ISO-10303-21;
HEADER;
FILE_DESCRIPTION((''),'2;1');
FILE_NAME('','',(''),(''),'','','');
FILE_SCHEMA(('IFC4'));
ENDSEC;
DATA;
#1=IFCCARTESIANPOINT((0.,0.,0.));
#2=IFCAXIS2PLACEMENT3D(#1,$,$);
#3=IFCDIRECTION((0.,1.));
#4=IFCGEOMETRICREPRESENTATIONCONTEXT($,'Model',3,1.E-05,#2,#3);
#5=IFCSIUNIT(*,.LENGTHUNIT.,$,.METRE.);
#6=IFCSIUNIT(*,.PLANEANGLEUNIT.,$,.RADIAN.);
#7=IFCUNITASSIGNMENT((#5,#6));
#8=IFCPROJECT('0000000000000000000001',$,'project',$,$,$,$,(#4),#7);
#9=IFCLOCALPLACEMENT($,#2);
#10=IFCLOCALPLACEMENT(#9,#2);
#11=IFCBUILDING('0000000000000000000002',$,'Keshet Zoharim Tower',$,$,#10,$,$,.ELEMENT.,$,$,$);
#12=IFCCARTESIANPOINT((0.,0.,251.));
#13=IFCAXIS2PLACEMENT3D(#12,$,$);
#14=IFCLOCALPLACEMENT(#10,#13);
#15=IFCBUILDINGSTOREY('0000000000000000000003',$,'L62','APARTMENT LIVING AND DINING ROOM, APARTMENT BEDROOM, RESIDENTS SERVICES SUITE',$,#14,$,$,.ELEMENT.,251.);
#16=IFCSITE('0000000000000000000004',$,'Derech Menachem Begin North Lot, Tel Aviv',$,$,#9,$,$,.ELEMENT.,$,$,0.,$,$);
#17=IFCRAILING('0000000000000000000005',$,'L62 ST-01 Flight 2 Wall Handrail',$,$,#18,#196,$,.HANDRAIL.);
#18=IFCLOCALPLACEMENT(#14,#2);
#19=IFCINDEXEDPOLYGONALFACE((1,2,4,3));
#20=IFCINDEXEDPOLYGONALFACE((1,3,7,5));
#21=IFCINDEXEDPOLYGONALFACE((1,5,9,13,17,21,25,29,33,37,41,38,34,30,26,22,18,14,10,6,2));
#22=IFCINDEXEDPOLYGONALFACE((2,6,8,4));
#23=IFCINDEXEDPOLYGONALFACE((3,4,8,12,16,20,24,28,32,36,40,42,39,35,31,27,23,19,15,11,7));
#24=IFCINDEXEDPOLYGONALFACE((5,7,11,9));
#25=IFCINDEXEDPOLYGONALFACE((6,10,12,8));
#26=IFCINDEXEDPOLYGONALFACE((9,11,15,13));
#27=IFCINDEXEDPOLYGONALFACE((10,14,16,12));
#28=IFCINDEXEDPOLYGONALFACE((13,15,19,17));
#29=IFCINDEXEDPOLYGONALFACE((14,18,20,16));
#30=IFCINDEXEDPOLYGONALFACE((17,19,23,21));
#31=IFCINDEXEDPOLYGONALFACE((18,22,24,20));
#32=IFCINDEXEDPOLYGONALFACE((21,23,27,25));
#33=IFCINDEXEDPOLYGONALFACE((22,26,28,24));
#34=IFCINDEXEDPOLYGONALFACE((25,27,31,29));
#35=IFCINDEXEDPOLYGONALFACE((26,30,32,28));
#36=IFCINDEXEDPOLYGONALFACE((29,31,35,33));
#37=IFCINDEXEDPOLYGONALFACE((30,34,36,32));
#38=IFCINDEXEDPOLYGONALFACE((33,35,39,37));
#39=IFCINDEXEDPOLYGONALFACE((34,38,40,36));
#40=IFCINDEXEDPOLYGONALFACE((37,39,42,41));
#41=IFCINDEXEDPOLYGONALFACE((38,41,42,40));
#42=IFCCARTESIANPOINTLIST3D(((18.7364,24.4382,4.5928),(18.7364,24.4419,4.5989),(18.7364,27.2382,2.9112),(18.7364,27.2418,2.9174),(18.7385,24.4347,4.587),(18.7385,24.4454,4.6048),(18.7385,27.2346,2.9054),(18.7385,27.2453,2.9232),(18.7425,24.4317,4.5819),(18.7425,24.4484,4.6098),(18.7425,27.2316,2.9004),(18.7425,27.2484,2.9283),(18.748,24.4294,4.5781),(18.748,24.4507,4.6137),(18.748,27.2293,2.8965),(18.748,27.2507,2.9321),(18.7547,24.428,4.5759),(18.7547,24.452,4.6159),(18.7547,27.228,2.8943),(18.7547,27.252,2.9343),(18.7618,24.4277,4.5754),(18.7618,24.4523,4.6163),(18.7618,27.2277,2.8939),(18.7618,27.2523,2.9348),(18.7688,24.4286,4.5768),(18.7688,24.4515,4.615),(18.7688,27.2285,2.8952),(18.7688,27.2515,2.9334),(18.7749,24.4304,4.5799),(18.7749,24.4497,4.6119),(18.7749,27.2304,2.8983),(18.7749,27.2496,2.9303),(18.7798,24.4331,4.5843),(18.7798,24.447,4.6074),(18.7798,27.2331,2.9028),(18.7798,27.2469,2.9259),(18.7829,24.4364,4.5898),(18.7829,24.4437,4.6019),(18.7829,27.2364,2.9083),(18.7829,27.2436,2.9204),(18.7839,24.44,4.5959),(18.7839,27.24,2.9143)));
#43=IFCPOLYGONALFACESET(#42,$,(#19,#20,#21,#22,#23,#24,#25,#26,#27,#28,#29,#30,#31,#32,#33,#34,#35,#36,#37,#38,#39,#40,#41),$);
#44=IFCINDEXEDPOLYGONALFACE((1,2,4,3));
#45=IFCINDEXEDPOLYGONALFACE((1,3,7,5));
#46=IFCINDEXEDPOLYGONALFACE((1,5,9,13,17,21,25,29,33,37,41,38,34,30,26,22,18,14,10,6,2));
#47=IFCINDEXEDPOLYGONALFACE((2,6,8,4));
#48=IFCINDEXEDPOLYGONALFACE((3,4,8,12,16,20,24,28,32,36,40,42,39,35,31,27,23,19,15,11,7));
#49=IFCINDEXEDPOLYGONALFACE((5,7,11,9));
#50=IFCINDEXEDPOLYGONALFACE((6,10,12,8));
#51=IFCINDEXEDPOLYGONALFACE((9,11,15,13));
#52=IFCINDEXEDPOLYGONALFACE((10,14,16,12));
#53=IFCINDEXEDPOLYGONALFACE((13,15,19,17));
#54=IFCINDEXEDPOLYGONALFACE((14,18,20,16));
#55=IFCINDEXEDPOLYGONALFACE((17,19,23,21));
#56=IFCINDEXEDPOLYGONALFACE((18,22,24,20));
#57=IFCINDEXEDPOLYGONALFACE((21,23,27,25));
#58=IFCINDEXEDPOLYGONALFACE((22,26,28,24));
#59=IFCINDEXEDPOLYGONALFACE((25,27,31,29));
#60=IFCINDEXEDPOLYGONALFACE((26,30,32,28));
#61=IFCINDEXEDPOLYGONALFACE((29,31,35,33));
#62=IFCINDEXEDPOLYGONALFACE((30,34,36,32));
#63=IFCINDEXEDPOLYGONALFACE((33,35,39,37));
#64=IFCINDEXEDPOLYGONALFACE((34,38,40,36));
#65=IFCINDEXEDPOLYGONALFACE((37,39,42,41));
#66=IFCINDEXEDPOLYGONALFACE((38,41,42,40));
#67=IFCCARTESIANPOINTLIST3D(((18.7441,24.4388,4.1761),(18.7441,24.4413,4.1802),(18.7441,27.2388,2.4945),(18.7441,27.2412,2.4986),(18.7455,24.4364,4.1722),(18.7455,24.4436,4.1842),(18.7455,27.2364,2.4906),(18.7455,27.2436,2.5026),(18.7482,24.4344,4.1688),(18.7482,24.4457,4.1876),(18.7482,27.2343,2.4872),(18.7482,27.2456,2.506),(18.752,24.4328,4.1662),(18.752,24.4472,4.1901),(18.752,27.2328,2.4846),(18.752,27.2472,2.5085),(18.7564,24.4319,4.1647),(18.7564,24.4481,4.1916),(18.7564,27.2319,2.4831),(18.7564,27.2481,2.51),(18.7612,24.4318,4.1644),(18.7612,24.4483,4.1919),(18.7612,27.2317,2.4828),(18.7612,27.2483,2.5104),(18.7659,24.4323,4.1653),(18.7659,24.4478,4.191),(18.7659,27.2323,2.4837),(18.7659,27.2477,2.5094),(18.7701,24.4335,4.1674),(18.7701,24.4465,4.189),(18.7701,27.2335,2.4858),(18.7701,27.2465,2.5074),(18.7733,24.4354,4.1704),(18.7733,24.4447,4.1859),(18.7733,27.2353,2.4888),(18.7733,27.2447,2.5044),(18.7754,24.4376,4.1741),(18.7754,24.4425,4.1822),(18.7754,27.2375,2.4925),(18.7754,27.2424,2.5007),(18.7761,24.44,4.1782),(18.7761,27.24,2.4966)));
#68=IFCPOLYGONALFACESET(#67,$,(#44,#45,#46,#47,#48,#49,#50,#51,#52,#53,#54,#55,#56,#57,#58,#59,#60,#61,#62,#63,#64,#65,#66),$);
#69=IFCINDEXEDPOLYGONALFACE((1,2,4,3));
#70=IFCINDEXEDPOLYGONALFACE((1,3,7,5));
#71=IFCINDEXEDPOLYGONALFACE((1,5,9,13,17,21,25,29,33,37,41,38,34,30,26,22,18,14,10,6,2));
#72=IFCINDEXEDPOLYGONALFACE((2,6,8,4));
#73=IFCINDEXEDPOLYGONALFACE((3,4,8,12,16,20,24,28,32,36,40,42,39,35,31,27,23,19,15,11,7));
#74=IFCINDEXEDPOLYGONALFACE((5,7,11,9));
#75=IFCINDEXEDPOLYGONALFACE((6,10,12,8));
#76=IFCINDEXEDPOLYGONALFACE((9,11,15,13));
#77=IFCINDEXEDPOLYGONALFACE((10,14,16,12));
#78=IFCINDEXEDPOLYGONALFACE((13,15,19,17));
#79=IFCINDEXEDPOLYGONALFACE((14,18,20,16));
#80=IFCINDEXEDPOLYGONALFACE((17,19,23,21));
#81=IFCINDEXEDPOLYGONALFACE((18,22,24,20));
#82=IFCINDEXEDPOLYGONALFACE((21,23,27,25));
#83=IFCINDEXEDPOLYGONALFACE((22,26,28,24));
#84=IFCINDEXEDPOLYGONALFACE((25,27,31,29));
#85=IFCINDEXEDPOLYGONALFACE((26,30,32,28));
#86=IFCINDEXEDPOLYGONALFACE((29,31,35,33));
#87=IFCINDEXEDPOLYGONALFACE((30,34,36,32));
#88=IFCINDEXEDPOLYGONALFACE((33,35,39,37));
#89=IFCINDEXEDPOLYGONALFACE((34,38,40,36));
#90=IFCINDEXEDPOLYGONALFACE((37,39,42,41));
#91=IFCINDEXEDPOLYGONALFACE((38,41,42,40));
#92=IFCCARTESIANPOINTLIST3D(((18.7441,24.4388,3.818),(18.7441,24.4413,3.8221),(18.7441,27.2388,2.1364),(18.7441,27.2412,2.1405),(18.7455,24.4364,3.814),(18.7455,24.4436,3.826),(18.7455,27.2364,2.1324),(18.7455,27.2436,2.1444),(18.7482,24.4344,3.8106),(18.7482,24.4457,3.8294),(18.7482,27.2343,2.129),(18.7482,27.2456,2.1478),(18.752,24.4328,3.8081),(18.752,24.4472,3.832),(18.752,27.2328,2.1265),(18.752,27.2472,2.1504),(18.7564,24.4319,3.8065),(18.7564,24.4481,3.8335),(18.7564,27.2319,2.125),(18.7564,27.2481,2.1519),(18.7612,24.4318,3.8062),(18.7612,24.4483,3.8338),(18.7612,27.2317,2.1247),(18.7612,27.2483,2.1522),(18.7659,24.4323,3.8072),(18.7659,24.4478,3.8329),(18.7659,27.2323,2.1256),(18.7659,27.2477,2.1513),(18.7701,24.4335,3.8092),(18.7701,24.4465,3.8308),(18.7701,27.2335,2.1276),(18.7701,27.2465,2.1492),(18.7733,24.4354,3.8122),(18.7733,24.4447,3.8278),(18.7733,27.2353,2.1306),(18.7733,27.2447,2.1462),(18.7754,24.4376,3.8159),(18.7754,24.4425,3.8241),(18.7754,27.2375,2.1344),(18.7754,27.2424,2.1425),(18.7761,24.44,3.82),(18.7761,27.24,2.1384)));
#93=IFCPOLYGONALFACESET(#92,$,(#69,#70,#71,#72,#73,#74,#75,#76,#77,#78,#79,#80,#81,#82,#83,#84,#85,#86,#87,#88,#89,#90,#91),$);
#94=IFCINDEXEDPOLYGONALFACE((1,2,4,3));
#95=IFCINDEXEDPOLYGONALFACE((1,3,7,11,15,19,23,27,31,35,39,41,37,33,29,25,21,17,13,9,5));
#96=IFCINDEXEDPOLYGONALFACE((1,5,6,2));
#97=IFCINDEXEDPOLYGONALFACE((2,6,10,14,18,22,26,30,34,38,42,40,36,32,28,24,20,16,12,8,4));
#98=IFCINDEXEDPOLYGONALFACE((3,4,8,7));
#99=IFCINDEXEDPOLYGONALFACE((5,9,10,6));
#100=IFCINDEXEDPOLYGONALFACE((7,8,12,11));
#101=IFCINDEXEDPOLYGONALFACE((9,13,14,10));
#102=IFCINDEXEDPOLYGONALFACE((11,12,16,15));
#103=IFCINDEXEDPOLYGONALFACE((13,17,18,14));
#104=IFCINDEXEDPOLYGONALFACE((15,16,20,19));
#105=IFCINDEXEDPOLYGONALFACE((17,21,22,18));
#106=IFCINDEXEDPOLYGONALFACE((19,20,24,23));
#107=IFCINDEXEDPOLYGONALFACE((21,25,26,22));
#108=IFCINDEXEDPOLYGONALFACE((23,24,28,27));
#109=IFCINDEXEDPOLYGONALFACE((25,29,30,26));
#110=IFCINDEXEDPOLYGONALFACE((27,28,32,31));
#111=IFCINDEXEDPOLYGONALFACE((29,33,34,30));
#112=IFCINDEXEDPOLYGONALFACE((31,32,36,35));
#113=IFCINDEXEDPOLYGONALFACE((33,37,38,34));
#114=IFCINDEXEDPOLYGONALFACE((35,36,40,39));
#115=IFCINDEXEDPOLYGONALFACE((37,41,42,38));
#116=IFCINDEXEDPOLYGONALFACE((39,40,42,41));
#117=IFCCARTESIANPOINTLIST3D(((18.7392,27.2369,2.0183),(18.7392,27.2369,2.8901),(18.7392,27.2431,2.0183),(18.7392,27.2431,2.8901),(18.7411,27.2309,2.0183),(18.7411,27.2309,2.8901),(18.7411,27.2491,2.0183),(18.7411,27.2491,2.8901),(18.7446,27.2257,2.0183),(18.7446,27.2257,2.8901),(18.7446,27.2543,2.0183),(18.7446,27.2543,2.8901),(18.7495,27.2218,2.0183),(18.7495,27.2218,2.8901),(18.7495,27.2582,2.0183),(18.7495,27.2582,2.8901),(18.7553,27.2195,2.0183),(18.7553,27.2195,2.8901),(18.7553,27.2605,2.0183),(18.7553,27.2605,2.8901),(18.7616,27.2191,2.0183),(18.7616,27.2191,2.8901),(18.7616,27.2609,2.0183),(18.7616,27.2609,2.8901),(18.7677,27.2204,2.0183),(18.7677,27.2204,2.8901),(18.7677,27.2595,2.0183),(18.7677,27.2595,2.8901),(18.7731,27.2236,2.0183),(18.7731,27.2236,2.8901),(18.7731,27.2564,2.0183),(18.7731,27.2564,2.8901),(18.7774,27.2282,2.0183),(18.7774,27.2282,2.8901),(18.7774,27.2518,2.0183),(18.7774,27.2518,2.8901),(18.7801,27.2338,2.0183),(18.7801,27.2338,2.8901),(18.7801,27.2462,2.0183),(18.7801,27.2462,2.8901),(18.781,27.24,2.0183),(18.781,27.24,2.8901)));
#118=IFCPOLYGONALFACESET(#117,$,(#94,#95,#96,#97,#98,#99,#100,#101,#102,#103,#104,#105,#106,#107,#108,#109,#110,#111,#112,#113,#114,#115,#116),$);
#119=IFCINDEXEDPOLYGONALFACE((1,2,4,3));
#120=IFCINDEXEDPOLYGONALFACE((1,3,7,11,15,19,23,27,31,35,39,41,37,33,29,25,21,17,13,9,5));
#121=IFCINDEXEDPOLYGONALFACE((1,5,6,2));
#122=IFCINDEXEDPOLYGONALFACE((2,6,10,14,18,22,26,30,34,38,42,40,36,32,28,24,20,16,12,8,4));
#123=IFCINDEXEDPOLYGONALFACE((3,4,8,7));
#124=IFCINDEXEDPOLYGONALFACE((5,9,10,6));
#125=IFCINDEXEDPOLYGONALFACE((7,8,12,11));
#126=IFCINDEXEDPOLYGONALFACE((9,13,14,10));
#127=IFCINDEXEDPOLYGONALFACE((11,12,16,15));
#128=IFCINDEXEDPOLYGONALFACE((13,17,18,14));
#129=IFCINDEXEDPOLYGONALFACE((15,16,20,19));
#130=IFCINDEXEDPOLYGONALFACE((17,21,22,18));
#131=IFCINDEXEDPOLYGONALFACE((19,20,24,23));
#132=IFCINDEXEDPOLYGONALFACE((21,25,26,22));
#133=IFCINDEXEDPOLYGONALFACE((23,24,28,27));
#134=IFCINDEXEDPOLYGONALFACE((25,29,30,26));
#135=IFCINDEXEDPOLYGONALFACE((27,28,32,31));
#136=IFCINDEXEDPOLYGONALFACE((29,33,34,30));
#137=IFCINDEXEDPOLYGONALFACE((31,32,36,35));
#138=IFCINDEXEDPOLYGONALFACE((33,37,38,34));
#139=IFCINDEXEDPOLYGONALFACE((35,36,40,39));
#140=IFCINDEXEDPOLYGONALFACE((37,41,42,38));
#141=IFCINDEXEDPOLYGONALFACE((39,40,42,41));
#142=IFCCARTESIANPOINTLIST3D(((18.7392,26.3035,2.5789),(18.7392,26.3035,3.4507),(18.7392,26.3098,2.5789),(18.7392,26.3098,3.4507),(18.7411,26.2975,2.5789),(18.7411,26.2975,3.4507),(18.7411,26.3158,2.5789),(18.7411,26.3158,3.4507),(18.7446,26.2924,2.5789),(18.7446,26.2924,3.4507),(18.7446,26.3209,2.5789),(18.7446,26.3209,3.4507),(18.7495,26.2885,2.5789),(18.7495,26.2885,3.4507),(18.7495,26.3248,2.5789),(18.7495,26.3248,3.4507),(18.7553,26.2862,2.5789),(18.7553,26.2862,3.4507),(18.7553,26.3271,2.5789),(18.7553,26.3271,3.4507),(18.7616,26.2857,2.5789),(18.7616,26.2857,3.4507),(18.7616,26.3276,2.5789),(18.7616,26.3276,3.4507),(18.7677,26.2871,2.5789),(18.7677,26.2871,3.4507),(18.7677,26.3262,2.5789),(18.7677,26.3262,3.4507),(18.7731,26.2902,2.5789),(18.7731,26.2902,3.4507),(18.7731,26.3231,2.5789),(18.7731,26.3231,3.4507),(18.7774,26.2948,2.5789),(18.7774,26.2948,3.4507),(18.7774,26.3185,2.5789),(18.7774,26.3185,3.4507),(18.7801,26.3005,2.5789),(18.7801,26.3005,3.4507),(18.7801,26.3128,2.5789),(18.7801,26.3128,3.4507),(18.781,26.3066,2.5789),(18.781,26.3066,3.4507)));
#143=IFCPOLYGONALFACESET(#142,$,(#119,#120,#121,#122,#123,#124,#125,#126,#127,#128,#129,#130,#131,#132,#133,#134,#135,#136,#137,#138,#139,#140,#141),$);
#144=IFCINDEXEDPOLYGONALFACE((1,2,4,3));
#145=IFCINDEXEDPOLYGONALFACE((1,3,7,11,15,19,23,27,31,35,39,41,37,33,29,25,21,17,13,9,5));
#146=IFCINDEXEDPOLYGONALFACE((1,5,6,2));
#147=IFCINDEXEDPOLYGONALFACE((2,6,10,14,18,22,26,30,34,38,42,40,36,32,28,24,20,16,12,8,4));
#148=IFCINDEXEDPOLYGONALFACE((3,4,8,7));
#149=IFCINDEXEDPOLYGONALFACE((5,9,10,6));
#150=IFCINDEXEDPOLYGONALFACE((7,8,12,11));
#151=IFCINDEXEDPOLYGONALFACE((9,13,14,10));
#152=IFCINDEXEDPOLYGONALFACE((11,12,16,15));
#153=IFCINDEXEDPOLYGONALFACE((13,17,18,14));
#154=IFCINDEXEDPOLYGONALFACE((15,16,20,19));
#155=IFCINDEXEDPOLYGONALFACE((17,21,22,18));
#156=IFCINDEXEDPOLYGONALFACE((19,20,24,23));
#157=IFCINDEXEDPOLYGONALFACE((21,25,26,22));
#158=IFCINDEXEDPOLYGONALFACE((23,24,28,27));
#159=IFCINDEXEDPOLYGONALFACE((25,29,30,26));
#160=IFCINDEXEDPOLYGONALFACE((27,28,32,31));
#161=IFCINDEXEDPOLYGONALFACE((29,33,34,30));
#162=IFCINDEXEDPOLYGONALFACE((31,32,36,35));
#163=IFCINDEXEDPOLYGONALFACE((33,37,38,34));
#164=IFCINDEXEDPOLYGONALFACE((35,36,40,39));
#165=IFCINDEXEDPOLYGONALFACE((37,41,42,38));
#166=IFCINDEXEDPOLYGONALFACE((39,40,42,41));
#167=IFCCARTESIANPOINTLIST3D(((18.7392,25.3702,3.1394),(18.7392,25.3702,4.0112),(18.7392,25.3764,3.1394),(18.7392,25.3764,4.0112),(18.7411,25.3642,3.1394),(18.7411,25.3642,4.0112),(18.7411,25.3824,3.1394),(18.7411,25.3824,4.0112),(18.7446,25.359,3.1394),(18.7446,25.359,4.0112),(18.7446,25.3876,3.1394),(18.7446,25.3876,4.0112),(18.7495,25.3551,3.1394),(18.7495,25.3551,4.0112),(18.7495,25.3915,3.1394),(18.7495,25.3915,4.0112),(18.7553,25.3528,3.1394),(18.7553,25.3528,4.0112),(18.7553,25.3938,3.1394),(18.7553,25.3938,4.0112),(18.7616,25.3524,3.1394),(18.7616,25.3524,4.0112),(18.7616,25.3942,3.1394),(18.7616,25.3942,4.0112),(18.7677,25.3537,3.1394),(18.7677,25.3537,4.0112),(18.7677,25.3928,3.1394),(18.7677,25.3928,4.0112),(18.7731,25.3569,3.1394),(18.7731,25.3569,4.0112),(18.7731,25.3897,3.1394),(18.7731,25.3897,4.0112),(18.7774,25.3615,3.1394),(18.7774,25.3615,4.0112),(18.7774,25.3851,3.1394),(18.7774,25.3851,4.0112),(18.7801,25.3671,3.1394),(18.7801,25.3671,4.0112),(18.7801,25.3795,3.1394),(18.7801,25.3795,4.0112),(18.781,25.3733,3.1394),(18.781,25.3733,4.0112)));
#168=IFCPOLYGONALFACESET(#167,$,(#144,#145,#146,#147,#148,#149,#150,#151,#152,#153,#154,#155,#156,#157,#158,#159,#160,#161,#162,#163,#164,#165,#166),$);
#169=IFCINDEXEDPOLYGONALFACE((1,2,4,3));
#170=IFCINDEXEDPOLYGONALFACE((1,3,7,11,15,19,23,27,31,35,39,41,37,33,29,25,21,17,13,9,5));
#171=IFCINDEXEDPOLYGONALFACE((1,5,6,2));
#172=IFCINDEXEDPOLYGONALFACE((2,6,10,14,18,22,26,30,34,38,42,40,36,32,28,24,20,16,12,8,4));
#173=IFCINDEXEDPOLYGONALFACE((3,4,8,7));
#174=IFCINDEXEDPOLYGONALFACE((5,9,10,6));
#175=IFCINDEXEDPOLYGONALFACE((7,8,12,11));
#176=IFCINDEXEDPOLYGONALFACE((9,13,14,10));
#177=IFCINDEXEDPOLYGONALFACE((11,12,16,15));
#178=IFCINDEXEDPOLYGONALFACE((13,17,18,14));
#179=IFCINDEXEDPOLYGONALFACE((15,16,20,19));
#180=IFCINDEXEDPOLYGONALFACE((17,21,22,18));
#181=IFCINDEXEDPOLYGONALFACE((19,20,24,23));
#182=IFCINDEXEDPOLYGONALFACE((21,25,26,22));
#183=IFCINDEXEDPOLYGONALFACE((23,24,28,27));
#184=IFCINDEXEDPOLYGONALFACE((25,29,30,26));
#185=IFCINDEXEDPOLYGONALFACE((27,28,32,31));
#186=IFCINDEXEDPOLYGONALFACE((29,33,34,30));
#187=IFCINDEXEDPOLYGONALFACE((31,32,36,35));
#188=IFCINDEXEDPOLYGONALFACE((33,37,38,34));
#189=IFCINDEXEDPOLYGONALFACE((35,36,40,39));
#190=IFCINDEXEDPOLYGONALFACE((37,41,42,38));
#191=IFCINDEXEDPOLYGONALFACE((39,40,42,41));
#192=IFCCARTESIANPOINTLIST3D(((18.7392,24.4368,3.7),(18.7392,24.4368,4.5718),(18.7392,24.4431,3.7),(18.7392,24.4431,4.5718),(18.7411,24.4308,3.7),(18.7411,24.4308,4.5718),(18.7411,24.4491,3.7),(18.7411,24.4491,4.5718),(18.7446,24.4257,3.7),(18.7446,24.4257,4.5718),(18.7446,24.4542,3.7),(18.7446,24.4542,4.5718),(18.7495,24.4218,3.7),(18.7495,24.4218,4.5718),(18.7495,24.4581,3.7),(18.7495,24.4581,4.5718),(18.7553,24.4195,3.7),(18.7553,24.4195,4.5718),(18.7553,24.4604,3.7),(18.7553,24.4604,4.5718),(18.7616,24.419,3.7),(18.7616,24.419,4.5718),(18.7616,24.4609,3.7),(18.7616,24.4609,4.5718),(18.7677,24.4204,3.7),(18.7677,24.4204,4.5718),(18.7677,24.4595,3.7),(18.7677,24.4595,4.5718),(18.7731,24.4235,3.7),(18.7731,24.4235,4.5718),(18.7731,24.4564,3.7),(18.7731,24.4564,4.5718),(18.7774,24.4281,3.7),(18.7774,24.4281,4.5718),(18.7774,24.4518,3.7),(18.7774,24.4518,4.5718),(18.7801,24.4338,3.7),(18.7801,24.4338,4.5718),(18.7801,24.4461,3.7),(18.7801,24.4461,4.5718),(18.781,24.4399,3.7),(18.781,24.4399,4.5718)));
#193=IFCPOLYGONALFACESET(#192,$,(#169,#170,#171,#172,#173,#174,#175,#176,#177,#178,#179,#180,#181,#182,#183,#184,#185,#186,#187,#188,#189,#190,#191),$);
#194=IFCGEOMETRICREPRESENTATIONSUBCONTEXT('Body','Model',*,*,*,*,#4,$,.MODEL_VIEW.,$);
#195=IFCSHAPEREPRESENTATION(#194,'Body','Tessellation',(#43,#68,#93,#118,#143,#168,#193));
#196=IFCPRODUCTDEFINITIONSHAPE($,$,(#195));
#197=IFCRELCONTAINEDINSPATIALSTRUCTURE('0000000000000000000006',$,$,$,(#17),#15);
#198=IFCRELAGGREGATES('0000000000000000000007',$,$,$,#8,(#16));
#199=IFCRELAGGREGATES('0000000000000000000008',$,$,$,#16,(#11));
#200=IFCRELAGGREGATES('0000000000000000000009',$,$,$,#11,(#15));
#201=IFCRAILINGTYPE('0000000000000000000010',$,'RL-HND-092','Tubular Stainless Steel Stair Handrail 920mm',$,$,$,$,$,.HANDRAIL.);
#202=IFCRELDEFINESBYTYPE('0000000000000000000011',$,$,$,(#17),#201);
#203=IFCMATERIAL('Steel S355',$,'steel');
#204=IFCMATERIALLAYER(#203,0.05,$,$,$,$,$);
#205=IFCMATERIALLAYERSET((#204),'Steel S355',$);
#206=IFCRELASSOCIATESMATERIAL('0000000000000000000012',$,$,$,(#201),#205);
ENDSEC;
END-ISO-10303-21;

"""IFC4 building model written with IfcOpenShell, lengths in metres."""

from ifc_helpers import new_model, si_unit, direction, frame, origin, origin_2d, place, context, subcontext, project, spatial, circle, extrude, material, layer, layer_set, type_object, element, save


model = new_model("IFC4")

# Units and contexts
model_context = context("Model", 3, precision=1e-05, world=origin(), true_north=direction((0.0, 1.0)))
body_context = subcontext(model_context, "Body", "Model", "MODEL_VIEW")
ifc_project = project(units=[si_unit("LENGTHUNIT", "METRE"), si_unit("PLANEANGLEUNIT", "RADIAN")], contexts=[model_context])

# Site, building, storey
site_placement = place(None, origin())
site = spatial("IfcSite", under=ifc_project, at=site_placement, Name="Derech Menachem Begin North Lot, Tel Aviv", CompositionType="ELEMENT", RefElevation=0.0)
building_placement = place(site_placement, origin())
building = spatial("IfcBuilding", under=site, at=building_placement, Name="Keshet Zoharim Tower", CompositionType="ELEMENT")
storey_placement = place(building_placement, frame((0.0, 0.0, 251.0)))
storey = spatial("IfcBuildingStorey", under=building, at=storey_placement, Name="L62", Description="APARTMENT LIVING AND DINING ROOM, APARTMENT BEDROOM, RESIDENTS SERVICES SUITE", CompositionType="ELEMENT", Elevation=251.0)

# Shared definitions
ifc_material_1 = material(Name="Steel S355", Category="steel")

# Railing
ifc_layer_1 = layer(ifc_material_1, 0.05)
ifc_layer_set_1 = layer_set([ifc_layer_1], Name="Steel S355")
railing_type_1 = type_object("IfcRailingType", Name="RL-HND-092", Description="Tubular Stainless Steel Stair Handrail 920mm", PredefinedType="HANDRAIL", material=ifc_layer_set_1)
railing_1_placement = place(storey_placement, frame((18.76, 27.24, 2.0183)))
element("IfcRailing", 1, at=railing_1_placement, inside=storey, type_object=railing_type_1, Name="L62 ST-01 Flight 2 Wall Handrail", PredefinedType="HANDRAIL", context=body_context, shape_type="SweptSolid", body=[
    extrude(circle(Radius=0.0239, at=origin_2d()), frame((0.0, 0.0, 0.896), z_axis=(0.0, -0.857275, 0.514858), x_axis=(1.0, 0.0, 0.0)), (0.0, 0.0, 1.0), 3.2661),
    extrude(circle(Radius=0.0161, at=origin_2d()), frame((0.0, 0.0, 0.4783), z_axis=(0.0, -0.857275, 0.514858), x_axis=(1.0, 0.0, 0.0)), (0.0, 0.0, 1.0), 3.2661),
    extrude(circle(Radius=0.0161, at=origin_2d()), frame((0.0, 0.0, 0.1201), z_axis=(0.0, -0.857275, 0.514858), x_axis=(1.0, 0.0, 0.0)), (0.0, 0.0, 1.0), 3.2661),
    extrude(circle(Radius=0.021, at=origin_2d()), origin(), (0.0, 0.0, 1.0), 0.8718),
    extrude(circle(Radius=0.021, at=origin_2d()), frame((0.0, -0.9333, 0.5605)), (0.0, 0.0, 1.0), 0.8718),
    extrude(circle(Radius=0.021, at=origin_2d()), frame((0.0, -1.8667, 1.1211)), (0.0, 0.0, 1.0), 0.8718),
    extrude(circle(Radius=0.021, at=origin_2d()), frame((0.0, -2.8, 1.6816)), (0.0, 0.0, 1.0), 0.8718),
])

save(model, "model.ifc")
